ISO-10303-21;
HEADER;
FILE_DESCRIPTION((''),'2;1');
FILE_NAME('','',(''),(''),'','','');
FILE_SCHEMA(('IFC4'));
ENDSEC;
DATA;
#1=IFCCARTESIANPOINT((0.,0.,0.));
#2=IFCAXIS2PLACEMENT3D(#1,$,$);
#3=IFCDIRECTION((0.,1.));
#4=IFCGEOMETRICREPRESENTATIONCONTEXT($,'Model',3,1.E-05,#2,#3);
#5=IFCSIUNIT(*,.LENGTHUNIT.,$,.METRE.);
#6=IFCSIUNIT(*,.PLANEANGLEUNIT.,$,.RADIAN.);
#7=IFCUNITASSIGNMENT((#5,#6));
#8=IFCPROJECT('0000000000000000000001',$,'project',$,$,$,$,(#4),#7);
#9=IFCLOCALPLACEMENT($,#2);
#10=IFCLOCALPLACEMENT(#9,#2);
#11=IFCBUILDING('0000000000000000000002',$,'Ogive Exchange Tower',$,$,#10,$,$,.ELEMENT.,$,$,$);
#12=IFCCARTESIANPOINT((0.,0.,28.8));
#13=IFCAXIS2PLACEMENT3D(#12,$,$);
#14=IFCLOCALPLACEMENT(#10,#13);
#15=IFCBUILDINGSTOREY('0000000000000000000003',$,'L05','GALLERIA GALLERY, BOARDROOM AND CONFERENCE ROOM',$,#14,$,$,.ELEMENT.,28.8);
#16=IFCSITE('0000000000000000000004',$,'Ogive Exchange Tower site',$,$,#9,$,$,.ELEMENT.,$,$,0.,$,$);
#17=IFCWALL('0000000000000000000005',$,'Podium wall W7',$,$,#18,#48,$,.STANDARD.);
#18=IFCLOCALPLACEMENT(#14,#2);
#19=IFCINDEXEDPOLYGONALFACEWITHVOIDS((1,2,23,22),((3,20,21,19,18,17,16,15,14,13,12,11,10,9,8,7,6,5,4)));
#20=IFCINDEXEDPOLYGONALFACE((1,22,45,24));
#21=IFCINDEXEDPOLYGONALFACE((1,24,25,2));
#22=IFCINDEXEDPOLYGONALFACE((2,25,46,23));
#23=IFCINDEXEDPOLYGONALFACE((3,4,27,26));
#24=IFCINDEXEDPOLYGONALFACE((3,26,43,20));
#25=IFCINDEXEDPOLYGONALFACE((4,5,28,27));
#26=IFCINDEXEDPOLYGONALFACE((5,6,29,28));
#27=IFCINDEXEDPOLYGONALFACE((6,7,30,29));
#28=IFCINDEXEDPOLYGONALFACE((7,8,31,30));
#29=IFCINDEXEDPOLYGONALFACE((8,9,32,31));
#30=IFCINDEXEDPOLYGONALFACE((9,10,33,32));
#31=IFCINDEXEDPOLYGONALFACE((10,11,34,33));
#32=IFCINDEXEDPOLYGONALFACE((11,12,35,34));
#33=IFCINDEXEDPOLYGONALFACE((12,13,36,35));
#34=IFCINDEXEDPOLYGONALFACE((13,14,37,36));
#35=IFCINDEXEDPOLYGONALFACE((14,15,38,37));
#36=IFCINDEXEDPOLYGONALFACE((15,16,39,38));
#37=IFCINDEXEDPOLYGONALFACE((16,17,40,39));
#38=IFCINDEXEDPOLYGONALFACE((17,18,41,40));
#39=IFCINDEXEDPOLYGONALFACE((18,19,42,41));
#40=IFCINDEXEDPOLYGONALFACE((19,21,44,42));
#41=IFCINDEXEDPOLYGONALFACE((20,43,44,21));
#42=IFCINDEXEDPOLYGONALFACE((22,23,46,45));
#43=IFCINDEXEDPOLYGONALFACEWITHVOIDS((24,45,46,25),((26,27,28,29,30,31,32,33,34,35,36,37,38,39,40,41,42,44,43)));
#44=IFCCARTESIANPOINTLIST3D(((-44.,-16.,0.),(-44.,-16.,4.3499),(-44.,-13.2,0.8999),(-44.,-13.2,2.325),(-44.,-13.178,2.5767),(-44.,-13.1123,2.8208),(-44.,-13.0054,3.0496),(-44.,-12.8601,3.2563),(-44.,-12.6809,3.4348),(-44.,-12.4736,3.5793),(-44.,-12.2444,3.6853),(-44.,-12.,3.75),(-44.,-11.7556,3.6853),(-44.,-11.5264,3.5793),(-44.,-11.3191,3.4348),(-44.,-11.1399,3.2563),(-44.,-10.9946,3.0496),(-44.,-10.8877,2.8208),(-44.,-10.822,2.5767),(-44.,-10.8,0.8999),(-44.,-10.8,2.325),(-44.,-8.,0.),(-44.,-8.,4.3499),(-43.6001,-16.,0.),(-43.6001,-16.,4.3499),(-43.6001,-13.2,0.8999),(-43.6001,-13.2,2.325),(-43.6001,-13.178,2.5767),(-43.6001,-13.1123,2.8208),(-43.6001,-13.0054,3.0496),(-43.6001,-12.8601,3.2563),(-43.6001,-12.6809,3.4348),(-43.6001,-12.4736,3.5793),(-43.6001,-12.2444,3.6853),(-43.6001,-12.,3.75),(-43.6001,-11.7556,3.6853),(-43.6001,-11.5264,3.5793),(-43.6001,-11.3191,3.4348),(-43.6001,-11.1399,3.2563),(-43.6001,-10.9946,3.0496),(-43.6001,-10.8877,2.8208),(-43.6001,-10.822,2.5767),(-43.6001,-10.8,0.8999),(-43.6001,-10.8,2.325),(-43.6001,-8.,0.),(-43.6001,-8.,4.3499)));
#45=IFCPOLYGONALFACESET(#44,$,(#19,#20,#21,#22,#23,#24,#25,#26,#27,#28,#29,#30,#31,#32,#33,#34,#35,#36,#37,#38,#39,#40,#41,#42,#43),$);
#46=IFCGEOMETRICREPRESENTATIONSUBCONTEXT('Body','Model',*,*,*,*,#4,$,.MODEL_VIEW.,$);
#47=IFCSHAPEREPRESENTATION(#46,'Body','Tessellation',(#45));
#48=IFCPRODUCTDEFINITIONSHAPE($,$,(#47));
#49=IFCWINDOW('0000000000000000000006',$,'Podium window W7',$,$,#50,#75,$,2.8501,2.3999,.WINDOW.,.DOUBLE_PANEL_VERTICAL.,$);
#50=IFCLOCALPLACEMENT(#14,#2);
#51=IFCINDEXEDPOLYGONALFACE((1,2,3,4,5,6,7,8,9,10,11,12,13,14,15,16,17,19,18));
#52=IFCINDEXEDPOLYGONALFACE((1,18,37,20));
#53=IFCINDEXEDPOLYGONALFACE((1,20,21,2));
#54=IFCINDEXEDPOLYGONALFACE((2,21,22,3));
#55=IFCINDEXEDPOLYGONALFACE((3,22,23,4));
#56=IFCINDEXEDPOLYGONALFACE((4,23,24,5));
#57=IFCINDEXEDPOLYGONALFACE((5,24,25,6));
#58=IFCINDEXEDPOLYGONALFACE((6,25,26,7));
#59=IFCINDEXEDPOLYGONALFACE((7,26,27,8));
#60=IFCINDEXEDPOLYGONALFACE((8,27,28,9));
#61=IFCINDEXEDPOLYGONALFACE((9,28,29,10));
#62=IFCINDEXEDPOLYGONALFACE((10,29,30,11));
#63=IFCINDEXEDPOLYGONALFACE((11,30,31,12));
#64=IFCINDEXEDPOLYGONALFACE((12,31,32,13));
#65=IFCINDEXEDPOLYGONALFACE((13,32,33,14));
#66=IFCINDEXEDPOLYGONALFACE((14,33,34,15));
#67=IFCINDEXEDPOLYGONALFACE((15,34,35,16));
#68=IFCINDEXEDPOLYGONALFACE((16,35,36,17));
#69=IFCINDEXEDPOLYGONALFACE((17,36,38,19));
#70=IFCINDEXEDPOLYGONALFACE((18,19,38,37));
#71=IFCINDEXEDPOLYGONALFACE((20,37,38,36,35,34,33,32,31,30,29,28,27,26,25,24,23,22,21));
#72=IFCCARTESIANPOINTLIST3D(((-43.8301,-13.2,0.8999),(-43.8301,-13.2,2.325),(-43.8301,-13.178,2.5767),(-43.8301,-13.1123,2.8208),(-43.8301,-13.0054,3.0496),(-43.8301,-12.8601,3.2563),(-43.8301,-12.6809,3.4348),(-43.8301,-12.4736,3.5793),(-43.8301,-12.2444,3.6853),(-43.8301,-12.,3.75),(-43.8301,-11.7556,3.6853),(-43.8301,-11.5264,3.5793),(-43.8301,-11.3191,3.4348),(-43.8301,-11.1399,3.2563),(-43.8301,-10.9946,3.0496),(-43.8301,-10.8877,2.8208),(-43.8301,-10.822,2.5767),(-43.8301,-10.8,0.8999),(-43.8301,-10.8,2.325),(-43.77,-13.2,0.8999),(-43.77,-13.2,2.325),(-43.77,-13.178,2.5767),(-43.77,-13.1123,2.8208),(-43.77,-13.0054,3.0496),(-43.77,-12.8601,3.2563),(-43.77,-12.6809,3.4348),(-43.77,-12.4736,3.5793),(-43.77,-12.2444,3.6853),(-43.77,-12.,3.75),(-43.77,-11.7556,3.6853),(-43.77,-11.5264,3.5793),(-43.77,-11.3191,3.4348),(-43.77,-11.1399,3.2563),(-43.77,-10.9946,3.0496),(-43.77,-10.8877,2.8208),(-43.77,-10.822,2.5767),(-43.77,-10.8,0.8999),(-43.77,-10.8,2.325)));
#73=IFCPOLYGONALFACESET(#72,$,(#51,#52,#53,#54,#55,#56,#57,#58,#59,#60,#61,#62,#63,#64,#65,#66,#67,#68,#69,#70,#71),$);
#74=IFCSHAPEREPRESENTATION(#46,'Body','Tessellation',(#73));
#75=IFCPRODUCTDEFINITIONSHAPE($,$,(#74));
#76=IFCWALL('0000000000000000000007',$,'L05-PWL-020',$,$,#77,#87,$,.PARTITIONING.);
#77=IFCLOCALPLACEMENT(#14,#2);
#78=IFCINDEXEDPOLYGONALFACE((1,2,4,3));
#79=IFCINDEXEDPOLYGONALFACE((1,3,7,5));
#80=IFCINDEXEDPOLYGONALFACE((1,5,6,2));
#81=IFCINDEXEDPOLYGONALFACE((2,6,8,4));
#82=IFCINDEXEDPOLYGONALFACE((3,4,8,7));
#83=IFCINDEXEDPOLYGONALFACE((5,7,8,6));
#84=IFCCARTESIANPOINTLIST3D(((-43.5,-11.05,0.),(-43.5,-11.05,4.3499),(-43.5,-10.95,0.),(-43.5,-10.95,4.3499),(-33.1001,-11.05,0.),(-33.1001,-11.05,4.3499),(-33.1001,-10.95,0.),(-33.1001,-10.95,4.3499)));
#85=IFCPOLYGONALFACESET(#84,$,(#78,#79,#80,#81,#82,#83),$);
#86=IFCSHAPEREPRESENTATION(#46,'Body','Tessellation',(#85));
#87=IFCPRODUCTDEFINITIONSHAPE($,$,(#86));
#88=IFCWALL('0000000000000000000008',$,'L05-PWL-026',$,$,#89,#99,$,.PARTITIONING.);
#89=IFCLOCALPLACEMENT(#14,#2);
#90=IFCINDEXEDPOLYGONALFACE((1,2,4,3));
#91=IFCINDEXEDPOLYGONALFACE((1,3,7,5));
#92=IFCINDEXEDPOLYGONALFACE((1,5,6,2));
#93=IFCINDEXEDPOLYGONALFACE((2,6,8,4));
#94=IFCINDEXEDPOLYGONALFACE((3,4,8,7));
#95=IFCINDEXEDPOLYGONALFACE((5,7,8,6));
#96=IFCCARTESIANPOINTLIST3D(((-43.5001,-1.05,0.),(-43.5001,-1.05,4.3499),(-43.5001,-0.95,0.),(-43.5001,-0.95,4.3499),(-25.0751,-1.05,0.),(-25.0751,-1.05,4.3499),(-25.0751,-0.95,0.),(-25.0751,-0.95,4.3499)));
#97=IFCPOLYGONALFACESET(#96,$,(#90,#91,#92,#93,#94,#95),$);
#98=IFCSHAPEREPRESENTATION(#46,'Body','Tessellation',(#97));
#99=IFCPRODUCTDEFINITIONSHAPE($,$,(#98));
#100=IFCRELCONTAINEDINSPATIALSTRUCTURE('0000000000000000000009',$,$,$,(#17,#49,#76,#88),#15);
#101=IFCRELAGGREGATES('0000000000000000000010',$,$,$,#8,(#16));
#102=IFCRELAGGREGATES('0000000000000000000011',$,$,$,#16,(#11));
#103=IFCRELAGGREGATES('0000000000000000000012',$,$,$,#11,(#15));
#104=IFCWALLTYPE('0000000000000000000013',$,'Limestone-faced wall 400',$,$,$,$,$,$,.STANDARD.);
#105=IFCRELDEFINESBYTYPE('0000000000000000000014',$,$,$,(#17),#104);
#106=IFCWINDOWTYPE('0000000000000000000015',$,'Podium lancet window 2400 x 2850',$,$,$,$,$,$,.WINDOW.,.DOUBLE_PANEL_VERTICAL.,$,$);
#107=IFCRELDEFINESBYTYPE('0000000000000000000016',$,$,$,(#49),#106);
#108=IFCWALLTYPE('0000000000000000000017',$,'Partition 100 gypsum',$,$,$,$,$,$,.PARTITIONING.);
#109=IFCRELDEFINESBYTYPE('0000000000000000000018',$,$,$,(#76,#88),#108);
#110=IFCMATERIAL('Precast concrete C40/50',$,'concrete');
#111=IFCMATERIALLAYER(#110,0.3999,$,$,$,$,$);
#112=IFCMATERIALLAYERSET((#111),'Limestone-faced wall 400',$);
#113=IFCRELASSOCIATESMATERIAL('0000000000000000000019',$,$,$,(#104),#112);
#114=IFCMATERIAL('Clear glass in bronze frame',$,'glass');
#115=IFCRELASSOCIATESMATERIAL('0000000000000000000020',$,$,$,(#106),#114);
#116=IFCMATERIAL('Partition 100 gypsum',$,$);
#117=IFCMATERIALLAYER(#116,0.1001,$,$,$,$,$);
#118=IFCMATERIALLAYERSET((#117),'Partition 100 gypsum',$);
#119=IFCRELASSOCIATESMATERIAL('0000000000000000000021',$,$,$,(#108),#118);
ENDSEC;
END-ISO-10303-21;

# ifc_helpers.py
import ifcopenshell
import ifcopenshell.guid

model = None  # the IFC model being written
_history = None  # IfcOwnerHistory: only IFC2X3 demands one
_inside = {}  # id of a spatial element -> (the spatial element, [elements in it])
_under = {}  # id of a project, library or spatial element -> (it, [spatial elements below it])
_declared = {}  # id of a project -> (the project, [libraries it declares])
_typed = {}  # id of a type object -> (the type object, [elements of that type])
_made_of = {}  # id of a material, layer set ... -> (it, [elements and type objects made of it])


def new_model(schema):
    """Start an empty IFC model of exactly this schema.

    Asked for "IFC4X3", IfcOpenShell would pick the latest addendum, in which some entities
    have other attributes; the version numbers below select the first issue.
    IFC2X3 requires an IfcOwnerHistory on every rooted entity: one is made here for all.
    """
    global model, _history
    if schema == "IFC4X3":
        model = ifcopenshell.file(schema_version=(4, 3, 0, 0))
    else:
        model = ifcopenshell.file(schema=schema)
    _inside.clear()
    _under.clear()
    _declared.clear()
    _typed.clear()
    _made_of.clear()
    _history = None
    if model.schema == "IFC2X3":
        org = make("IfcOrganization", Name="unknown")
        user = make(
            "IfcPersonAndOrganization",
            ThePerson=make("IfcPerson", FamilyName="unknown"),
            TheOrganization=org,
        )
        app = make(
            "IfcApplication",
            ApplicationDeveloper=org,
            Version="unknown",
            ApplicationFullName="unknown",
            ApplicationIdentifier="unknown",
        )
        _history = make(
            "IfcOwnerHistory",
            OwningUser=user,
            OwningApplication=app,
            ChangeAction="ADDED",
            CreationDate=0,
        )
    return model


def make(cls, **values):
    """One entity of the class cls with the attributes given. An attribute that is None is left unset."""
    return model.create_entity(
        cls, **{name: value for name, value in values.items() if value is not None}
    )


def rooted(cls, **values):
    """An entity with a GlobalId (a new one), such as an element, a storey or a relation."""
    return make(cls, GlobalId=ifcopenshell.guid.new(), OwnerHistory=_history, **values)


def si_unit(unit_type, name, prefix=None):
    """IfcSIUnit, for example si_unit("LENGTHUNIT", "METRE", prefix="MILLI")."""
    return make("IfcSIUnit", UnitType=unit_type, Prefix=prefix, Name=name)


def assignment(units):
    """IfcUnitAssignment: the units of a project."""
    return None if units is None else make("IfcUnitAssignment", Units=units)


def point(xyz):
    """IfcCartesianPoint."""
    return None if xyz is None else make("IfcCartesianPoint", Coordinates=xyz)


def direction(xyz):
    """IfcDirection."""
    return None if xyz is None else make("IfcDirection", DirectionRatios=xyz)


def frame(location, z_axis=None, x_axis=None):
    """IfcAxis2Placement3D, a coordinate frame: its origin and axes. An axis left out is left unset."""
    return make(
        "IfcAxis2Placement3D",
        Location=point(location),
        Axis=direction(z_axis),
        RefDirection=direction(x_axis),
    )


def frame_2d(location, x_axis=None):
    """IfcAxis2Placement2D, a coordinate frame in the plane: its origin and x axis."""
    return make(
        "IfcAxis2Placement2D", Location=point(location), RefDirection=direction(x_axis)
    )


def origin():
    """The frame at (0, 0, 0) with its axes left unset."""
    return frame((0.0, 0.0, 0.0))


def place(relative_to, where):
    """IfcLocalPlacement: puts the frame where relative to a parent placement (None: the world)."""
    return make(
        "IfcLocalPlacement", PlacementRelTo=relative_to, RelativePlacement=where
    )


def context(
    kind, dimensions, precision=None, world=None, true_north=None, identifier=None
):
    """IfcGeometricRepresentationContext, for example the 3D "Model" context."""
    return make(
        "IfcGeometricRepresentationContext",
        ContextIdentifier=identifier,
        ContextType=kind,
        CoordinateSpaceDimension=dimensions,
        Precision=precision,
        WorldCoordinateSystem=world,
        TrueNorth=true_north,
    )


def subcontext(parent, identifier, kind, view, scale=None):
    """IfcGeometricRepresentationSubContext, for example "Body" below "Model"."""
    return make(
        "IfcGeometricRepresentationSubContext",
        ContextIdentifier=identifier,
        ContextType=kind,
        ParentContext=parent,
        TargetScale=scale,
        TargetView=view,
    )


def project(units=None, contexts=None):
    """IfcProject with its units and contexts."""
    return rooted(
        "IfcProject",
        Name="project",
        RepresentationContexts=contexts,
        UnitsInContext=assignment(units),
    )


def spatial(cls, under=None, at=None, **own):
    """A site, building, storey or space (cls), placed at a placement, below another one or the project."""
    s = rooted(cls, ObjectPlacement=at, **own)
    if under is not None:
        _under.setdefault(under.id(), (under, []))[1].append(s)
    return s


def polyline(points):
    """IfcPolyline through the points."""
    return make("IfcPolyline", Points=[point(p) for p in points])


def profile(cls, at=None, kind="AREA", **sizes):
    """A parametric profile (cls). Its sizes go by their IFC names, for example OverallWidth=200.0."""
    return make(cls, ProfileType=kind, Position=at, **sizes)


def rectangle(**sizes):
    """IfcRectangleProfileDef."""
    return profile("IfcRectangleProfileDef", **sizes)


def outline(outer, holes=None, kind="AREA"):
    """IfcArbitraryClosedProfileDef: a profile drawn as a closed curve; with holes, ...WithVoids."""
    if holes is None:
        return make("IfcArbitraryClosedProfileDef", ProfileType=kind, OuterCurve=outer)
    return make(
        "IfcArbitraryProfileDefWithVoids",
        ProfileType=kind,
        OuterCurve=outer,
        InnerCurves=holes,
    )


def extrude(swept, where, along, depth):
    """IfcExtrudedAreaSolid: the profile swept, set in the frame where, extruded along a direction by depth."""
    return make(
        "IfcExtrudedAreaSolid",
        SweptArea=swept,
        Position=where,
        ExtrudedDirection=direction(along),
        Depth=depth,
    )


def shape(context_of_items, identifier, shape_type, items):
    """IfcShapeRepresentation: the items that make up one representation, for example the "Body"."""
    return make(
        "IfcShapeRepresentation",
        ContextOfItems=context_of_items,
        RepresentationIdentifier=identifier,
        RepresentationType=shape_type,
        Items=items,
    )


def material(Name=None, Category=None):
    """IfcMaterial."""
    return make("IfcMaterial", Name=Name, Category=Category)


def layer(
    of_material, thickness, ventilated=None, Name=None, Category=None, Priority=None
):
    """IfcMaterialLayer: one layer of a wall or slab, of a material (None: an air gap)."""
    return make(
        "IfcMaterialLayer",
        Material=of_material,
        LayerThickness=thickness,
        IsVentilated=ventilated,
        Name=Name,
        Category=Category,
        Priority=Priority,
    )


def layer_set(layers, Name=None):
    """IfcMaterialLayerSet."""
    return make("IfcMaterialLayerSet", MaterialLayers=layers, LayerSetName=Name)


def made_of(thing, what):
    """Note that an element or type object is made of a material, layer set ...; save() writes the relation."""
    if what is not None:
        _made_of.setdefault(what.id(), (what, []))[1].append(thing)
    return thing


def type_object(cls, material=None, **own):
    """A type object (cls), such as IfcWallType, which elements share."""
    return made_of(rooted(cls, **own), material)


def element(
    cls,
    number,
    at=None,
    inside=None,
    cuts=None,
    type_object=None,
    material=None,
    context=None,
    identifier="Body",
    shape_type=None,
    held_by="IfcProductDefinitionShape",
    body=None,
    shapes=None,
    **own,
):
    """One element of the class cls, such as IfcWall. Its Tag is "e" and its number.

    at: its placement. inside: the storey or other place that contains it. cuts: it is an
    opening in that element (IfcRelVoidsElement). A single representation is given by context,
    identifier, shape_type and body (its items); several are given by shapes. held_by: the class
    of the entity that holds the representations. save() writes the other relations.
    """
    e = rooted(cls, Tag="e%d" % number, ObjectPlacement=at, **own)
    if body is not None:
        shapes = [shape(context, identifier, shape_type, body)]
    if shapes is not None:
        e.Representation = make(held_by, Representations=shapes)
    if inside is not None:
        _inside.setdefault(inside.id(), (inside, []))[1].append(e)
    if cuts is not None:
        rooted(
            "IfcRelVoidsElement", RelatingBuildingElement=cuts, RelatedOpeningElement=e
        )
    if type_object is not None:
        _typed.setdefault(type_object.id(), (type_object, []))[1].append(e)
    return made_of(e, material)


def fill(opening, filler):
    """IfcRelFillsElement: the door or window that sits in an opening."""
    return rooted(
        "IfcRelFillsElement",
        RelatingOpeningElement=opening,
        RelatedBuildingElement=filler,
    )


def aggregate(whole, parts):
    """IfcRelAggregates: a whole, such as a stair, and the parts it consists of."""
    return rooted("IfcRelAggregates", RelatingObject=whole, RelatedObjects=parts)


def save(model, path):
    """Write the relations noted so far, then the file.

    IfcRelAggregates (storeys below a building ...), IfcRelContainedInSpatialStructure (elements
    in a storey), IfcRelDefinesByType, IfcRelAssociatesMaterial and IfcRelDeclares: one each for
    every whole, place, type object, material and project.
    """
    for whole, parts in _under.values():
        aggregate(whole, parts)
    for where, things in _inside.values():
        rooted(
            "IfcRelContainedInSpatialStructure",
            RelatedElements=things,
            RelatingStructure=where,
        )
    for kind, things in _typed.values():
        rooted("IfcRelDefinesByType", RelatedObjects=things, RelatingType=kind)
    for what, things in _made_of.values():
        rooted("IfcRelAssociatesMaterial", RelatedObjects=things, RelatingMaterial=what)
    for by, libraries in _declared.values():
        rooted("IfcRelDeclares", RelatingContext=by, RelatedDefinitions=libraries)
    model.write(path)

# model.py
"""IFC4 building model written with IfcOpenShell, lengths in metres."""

from ifc_helpers import new_model, si_unit, direction, frame, frame_2d, origin, place, context, subcontext, project, spatial, polyline, rectangle, outline, extrude, material, layer, layer_set, type_object, element, fill, save


model = new_model("IFC4")

# Units and contexts
model_context = context("Model", 3, precision=1e-05, world=origin(), true_north=direction((0.0, 1.0)))
body_context = subcontext(model_context, "Body", "Model", "MODEL_VIEW")
ifc_project = project(units=[si_unit("LENGTHUNIT", "METRE"), si_unit("PLANEANGLEUNIT", "RADIAN")], contexts=[model_context])

# Site, building, storey
site_placement = place(None, origin())
site = spatial("IfcSite", under=ifc_project, at=site_placement, Name="Ogive Exchange Tower site", CompositionType="ELEMENT", RefElevation=0.0)
building_placement = place(site_placement, origin())
building = spatial("IfcBuilding", under=site, at=building_placement, Name="Ogive Exchange Tower", CompositionType="ELEMENT")
storey_placement = place(building_placement, frame((0.0, 0.0, 28.8)))
storey = spatial("IfcBuildingStorey", under=building, at=storey_placement, Name="L05", Description="GALLERIA GALLERY, BOARDROOM AND CONFERENCE ROOM", CompositionType="ELEMENT", Elevation=28.8)

# Shared definitions
ifc_material_1 = material(Name="Precast concrete C40/50", Category="concrete")
ifc_layer_1 = layer(ifc_material_1, 0.3999)
ifc_layer_set_1 = layer_set([ifc_layer_1], Name="Limestone-faced wall 400")
wall_type_1 = type_object("IfcWallType", Name="Limestone-faced wall 400", PredefinedType="STANDARD", material=ifc_layer_set_1)
ifc_material_2 = material(Name="Clear glass in bronze frame", Category="glass")

# Wall, opening, window
wall_1_placement = place(storey_placement, frame((-43.8, -8.0, 0.0), z_axis=(0.0, 0.0, 1.0), x_axis=(0.0, -1.0, 0.0)))
wall_1 = element("IfcWall", 1, at=wall_1_placement, inside=storey, type_object=wall_type_1, Name="Podium wall W7", PredefinedType="STANDARD", context=body_context, shape_type="SweptSolid", body=[
    extrude(rectangle(XDim=8.0, YDim=0.3999, at=frame_2d((4.0, 0.0))), origin(), (0.0, 0.0, 1.0), 4.3499),
])
opening_1_placement = place(wall_1_placement, frame((2.8, 0.0, 0.8999)))
opening_1 = element("IfcOpeningElement", 2, at=opening_1_placement, cuts=wall_1, PredefinedType="OPENING", context=body_context, shape_type="SweptSolid", body=[
    extrude(outline(polyline([(0.0, 0.0), (2.3999, 0.0), (2.3999, 1.425), (2.3779, 1.6768), (2.3123, 1.9209), (2.2053, 2.1497), (2.0601, 2.3564), (1.8809, 2.5349), (1.6736, 2.6794), (1.4443, 2.7854), (1.2, 2.8501), (0.9556, 2.7854), (0.7263, 2.6794), (0.519, 2.5349), (0.3398, 2.3564), (0.1946, 2.1497), (0.0876, 1.9209), (0.022, 1.6768), (0.0, 1.425), (0.0, 0.0)])), frame((0.0, 0.21, 0.0), z_axis=(0.0, -1.0, 0.0), x_axis=(1.0, 0.0, 0.0)), (0.0, 0.0, 1.0), 0.4199),
])
window_type_1 = type_object("IfcWindowType", Name="Podium lancet window 2400 x 2850", PartitioningType="DOUBLE_PANEL_VERTICAL", PredefinedType="WINDOW", material=ifc_material_2)
window_1_placement = place(opening_1_placement, origin())
window_1 = element("IfcWindow", 3, at=window_1_placement, inside=storey, type_object=window_type_1, Name="Podium window W7", OverallHeight=2.8501, OverallWidth=2.3999, PartitioningType="DOUBLE_PANEL_VERTICAL", PredefinedType="WINDOW", context=body_context, shape_type="SweptSolid", body=[
    extrude(outline(polyline([(0.0, 0.0), (2.3999, 0.0), (2.3999, 1.425), (2.3779, 1.6768), (2.3123, 1.9209), (2.2053, 2.1497), (2.0601, 2.3564), (1.8809, 2.5349), (1.6736, 2.6794), (1.4443, 2.7854), (1.2, 2.8501), (0.9556, 2.7854), (0.7263, 2.6794), (0.519, 2.5349), (0.3398, 2.3564), (0.1946, 2.1497), (0.0876, 1.9209), (0.022, 1.6768), (0.0, 1.425), (0.0, 0.0)])), frame((0.0, 0.03, 0.0), z_axis=(0.0, -1.0, 0.0), x_axis=(1.0, 0.0, 0.0)), (0.0, 0.0, 1.0), 0.0601),
])
fill(opening_1, window_1)

# Walls
ifc_material_3 = material(Name="Partition 100 gypsum")
ifc_layer_2 = layer(ifc_material_3, 0.1001)
ifc_layer_set_2 = layer_set([ifc_layer_2], Name="Partition 100 gypsum")
wall_type_2 = type_object("IfcWallType", Name="Partition 100 gypsum", PredefinedType="PARTITIONING", material=ifc_layer_set_2)
wall_2_placement = place(storey_placement, frame((-43.5, -11.0, 0.0), z_axis=(0.0, 0.0, 1.0), x_axis=(1.0, 0.0, 0.0)))
element("IfcWall", 4, at=wall_2_placement, inside=storey, type_object=wall_type_2, Name="L05-PWL-020", PredefinedType="PARTITIONING", context=body_context, shape_type="SweptSolid", body=[
    extrude(rectangle(XDim=10.3999, YDim=0.1001, at=frame_2d((5.2, 0.0))), origin(), (0.0, 0.0, 1.0), 4.3499),
])
wall_3_placement = place(storey_placement, frame((-43.5, -1.0, 0.0), z_axis=(0.0, 0.0, 1.0), x_axis=(1.0, 0.0, 0.0)))
element("IfcWall", 5, at=wall_3_placement, inside=storey, type_object=wall_type_2, Name="L05-PWL-026", PredefinedType="PARTITIONING", context=body_context, shape_type="SweptSolid", body=[
    extrude(rectangle(XDim=18.425, YDim=0.1001, at=frame_2d((9.2124, 0.0))), origin(), (0.0, 0.0, 1.0), 4.3499),
])

save(model, "model.ifc")
